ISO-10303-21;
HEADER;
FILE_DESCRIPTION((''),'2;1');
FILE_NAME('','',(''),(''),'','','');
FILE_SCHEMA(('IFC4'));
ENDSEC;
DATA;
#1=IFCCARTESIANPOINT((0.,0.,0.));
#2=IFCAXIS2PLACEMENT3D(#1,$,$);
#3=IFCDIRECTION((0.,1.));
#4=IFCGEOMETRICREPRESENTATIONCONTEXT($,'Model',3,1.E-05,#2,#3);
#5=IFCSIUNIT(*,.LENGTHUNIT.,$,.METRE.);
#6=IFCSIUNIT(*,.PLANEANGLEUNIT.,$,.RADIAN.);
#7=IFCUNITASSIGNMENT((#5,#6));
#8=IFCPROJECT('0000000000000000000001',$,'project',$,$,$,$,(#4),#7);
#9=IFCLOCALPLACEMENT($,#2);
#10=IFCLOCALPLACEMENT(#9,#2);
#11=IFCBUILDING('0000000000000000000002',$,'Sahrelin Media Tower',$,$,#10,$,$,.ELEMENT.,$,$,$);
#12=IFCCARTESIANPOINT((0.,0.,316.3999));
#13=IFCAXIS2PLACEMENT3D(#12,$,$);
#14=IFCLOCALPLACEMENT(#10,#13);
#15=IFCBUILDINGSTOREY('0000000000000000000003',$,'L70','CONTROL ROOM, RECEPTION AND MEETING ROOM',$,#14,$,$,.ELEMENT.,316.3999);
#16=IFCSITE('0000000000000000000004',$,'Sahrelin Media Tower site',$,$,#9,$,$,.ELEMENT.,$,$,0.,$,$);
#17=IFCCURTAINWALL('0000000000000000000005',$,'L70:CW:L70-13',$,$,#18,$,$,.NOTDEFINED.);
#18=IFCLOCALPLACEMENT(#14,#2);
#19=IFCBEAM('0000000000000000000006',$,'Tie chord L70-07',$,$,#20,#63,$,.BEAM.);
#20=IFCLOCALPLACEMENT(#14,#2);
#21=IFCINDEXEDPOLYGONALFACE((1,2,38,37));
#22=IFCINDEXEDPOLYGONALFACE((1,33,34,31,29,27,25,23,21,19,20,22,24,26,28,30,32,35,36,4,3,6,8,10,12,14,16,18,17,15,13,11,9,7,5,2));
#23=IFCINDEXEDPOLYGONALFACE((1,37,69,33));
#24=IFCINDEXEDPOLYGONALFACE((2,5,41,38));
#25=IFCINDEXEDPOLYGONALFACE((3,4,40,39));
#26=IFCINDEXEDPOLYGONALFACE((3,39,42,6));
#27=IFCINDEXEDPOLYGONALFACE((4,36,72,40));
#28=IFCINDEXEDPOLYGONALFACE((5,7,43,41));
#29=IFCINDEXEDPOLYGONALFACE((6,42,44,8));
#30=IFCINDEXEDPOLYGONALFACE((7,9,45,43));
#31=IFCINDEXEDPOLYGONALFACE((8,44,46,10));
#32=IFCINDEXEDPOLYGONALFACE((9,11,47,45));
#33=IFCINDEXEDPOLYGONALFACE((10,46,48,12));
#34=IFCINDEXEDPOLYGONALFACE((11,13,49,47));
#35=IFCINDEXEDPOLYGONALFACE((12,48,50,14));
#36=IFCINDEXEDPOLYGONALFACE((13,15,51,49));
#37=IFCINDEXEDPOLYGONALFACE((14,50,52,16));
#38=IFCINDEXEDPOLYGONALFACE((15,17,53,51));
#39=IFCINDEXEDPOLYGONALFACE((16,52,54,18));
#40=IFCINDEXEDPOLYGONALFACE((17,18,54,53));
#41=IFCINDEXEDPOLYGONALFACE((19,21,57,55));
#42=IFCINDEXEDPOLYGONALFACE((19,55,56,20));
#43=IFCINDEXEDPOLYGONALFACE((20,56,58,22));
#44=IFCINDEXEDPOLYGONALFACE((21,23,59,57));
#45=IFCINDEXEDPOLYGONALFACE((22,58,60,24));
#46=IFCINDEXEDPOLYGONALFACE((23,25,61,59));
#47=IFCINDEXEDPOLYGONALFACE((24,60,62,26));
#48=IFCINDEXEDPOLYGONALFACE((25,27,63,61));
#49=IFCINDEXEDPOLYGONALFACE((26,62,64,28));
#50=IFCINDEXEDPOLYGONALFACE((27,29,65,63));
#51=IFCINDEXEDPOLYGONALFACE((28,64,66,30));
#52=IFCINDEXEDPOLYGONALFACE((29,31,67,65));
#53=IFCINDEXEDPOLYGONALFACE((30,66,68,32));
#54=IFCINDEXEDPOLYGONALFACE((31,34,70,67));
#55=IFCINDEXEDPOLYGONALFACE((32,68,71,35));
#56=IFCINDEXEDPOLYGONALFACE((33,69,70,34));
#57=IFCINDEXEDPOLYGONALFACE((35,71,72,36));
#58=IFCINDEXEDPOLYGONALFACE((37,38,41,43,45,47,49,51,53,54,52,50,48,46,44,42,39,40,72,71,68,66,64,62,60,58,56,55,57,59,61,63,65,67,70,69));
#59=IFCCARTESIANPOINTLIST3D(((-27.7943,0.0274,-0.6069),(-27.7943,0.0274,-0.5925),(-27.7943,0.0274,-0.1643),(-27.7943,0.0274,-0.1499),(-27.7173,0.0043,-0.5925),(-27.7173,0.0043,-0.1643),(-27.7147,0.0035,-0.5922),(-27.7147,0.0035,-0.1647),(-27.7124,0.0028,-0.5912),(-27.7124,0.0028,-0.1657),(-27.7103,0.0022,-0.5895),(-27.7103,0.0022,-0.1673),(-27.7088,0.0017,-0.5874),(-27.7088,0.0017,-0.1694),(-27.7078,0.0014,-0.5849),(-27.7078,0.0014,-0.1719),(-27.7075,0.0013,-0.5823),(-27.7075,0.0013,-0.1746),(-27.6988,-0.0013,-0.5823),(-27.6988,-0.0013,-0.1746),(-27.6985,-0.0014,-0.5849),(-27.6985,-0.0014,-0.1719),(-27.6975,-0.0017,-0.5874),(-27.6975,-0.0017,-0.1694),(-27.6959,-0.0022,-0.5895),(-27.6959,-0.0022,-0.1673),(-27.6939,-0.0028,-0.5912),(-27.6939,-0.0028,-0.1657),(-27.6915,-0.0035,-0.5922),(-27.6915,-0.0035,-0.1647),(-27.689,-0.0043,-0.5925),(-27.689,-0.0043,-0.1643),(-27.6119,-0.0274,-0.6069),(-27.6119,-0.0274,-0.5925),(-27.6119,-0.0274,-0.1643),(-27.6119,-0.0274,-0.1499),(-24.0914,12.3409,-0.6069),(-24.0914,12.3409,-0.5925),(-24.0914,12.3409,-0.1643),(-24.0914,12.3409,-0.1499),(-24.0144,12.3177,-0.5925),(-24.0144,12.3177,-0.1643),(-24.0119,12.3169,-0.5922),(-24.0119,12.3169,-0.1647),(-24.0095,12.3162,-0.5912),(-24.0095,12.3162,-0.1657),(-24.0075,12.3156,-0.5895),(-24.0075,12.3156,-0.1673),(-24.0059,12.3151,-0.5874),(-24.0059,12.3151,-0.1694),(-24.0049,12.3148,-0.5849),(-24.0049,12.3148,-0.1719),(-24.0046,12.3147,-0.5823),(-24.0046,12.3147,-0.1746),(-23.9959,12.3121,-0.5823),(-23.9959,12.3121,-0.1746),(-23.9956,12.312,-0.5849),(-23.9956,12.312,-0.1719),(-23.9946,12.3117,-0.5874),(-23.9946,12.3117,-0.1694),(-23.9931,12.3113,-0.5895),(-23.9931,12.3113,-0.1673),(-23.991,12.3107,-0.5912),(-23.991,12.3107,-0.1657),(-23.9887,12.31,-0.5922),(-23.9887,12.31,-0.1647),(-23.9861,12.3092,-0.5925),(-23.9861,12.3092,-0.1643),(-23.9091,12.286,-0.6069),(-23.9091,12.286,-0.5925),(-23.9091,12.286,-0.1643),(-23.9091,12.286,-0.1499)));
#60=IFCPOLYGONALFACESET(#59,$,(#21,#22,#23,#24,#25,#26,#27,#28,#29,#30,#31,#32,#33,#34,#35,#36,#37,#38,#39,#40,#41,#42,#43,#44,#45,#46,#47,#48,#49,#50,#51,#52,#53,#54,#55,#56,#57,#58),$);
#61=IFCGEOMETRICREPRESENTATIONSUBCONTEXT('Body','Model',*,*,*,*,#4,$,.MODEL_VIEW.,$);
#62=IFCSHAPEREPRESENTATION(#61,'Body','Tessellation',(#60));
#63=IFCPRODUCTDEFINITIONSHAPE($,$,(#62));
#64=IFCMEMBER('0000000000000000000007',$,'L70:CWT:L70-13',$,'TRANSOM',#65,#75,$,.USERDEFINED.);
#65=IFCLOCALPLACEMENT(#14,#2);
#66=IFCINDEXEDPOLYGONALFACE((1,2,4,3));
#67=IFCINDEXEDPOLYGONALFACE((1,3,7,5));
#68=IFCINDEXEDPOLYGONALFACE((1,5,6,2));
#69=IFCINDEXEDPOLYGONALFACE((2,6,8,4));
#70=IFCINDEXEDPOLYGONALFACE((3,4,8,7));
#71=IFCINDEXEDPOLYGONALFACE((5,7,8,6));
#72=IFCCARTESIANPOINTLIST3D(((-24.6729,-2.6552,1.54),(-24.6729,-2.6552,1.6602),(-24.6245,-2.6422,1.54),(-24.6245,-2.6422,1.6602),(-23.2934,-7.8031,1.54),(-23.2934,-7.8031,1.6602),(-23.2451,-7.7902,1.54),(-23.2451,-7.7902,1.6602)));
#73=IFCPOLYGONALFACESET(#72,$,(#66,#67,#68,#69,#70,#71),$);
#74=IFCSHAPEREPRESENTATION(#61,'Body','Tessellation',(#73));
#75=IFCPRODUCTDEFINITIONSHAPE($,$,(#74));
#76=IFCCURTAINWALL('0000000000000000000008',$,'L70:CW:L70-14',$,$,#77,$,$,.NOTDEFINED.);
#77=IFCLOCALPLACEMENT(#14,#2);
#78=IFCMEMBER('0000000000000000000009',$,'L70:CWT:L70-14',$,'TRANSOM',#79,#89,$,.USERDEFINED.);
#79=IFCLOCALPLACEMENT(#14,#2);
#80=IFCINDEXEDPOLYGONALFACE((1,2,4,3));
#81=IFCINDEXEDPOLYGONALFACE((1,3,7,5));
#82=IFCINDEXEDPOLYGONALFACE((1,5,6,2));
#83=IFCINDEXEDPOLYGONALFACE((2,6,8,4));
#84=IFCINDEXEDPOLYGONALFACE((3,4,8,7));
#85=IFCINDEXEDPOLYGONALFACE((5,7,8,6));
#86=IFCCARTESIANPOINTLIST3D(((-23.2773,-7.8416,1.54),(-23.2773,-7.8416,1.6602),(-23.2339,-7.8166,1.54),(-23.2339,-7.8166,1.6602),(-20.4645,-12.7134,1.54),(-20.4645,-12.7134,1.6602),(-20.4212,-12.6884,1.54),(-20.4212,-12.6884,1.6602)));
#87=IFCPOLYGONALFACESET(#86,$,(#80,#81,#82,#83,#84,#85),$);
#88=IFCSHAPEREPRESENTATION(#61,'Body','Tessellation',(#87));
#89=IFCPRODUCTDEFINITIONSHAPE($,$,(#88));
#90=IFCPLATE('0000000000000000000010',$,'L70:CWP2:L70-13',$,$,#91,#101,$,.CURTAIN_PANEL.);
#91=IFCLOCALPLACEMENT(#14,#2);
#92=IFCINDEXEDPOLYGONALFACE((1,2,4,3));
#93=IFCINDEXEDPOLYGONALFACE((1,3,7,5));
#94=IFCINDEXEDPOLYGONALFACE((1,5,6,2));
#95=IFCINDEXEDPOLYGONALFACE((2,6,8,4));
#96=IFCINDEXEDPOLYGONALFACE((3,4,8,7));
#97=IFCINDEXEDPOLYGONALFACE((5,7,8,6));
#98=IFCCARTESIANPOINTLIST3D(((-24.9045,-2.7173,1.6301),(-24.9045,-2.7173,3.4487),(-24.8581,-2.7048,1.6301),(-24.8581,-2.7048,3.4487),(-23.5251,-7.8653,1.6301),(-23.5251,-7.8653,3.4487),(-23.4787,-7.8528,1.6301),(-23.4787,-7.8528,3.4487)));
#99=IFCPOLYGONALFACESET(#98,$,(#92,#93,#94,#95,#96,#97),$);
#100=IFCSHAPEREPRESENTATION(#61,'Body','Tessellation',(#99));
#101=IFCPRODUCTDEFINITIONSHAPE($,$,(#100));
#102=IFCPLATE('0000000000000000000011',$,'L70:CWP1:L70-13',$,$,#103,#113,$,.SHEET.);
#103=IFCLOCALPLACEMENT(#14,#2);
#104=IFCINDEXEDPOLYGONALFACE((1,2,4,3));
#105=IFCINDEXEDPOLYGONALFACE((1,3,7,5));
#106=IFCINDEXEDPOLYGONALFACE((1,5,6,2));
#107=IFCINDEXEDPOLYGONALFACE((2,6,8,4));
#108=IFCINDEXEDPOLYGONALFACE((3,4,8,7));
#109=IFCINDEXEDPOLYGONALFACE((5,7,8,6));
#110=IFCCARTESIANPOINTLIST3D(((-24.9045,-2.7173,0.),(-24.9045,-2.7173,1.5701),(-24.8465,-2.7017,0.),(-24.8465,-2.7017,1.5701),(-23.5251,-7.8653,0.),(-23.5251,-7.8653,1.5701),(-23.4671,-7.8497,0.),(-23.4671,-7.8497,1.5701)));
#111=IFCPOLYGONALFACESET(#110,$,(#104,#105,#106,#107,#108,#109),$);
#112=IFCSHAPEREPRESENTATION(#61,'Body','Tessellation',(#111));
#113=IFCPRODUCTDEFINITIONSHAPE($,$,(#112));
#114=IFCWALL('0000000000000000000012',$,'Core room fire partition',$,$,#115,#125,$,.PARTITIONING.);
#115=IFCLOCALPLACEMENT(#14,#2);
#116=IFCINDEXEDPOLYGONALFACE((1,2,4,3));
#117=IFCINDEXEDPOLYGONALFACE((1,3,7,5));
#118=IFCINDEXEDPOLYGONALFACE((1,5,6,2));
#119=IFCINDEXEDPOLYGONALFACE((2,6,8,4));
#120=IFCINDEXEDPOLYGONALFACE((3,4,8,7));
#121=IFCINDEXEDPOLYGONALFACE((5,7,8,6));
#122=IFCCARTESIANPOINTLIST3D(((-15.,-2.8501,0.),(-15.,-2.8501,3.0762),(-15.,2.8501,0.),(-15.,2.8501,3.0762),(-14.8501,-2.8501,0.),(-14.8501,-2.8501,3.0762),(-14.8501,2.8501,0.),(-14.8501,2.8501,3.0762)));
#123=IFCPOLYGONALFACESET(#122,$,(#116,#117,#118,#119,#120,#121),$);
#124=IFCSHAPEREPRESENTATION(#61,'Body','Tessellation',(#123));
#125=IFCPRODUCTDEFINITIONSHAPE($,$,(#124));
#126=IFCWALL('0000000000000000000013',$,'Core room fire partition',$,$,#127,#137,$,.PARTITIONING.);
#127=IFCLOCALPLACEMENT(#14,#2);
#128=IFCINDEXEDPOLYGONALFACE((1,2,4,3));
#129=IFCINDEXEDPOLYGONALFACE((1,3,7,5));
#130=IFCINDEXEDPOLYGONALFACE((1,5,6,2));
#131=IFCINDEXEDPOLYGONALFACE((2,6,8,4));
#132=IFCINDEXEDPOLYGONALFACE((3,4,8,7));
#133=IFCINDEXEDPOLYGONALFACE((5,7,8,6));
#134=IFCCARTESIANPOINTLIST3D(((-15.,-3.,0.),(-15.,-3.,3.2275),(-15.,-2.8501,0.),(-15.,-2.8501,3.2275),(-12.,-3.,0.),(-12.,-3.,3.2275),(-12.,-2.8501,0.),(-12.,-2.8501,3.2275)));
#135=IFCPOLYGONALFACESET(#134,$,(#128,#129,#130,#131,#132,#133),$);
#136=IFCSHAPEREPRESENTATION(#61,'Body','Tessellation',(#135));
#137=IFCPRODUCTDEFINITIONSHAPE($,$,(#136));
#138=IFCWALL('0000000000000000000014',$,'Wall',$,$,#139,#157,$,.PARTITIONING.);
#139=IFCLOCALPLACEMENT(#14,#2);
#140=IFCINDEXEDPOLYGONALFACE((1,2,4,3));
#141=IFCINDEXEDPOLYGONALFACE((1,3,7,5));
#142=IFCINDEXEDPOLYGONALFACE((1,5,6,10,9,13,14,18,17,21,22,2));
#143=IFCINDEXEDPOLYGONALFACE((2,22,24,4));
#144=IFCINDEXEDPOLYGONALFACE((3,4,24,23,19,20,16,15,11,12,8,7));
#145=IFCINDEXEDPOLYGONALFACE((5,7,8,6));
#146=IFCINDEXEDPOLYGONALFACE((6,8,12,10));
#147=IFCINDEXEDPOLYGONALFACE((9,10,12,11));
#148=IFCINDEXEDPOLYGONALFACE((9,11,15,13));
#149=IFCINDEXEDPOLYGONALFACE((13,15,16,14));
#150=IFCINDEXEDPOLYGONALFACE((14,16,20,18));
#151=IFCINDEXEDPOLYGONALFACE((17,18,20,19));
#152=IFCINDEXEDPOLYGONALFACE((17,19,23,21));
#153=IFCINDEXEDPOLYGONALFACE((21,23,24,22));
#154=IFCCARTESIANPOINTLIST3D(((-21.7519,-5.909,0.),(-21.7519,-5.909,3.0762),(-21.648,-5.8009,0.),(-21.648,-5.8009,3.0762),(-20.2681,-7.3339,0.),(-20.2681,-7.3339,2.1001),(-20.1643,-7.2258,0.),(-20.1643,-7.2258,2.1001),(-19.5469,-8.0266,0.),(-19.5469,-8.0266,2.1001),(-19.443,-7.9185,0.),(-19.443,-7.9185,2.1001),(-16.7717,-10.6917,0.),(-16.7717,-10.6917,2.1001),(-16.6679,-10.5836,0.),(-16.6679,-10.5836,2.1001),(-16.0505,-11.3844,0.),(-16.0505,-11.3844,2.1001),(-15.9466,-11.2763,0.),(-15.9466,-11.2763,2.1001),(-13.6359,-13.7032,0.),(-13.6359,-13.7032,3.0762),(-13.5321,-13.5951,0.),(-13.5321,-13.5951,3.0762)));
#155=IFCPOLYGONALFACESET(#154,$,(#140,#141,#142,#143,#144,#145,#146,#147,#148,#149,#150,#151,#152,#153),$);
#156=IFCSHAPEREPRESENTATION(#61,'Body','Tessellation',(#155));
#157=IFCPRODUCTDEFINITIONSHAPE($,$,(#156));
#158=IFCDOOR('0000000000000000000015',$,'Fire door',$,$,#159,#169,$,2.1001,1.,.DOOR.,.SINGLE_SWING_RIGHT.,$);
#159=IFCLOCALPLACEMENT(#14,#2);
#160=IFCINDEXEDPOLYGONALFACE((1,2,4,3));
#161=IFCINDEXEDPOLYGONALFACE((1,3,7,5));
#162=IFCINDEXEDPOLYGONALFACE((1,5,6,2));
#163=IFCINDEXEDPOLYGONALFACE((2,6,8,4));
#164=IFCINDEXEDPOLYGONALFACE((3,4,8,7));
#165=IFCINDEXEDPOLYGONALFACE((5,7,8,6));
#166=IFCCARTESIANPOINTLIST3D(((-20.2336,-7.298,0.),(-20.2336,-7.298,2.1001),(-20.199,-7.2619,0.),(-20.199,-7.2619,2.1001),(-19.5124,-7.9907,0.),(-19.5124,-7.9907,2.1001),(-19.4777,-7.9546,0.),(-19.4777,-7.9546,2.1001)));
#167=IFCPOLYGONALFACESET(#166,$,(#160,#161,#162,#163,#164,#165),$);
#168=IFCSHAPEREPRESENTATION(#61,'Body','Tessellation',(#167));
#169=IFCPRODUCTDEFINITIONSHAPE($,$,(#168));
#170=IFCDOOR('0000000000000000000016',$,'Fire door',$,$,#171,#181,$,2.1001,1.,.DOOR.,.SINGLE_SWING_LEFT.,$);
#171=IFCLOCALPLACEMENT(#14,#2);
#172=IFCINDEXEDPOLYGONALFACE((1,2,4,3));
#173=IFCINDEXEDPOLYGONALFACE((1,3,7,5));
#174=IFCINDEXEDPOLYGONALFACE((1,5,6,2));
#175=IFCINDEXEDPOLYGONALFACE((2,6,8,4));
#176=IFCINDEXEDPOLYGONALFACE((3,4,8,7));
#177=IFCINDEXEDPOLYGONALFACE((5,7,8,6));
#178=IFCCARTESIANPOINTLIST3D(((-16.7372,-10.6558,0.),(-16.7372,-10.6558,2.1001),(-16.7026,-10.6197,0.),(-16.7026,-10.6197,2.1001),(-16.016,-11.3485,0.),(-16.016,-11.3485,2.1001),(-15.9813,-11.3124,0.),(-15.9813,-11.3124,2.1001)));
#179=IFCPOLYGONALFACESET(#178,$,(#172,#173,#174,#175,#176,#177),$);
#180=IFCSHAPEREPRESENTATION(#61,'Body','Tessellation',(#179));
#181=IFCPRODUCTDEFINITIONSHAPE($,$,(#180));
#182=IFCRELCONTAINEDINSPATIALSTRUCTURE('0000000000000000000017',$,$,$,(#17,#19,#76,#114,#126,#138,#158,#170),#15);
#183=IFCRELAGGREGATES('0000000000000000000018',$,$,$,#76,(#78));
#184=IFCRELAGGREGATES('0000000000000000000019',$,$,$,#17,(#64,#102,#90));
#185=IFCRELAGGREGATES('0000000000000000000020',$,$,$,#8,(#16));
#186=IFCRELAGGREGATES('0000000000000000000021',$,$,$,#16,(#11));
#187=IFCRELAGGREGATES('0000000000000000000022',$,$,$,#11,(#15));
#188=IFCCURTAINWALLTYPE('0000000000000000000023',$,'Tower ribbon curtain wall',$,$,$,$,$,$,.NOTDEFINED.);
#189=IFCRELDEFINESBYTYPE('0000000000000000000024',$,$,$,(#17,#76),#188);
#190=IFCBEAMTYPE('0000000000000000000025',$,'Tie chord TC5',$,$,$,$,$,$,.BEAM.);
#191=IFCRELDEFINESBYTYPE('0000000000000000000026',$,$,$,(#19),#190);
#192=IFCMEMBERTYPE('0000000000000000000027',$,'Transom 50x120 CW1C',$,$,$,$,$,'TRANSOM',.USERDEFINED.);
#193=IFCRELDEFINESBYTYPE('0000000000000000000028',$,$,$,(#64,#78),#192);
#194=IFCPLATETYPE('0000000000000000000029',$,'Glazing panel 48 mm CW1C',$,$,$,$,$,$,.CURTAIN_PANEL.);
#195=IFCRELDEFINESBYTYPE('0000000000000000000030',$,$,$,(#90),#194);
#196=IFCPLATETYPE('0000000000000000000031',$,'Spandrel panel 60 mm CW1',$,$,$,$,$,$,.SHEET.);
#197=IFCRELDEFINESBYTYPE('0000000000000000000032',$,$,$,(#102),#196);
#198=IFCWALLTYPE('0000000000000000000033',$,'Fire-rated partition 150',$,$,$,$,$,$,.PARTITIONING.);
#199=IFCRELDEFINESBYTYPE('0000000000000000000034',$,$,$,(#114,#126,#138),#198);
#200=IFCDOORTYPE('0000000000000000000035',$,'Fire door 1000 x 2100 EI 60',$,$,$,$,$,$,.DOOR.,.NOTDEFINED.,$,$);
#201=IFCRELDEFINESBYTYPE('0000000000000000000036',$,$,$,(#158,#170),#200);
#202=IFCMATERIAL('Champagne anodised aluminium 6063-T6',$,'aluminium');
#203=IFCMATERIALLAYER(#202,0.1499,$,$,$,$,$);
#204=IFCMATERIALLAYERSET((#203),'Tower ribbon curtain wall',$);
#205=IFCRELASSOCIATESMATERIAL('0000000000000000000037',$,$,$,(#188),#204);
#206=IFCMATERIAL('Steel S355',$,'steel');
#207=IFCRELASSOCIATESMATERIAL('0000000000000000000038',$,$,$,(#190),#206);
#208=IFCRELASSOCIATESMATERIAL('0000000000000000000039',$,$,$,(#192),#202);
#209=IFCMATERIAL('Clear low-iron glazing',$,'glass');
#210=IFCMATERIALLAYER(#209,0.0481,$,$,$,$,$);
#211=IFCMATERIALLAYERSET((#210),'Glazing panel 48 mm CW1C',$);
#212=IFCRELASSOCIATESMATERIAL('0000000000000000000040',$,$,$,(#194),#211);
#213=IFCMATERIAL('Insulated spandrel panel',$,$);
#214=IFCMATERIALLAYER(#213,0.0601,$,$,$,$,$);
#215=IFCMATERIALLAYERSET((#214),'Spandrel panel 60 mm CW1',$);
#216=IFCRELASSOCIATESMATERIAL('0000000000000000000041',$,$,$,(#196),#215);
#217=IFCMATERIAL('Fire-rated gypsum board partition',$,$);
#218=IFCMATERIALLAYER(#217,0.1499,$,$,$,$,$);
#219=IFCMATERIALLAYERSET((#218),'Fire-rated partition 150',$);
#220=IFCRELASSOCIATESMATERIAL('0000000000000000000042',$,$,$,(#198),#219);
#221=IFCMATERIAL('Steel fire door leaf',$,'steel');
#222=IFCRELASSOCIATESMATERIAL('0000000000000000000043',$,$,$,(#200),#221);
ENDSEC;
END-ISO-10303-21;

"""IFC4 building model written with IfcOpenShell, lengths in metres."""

from ifc_helpers import new_model, si_unit, direction, frame, frame_2d, origin, origin_2d, place, context, subcontext, project, spatial, polyline, rectangle, i_section, outline, extrude, material, layer, layer_set, material_profile, profile_set, type_object, element, fill, aggregate, save


model = new_model("IFC4")

# Units and contexts
model_context = context("Model", 3, precision=1e-05, world=origin(), true_north=direction((0.0, 1.0)))
body_context = subcontext(model_context, "Body", "Model", "MODEL_VIEW")
ifc_project = project(units=[si_unit("LENGTHUNIT", "METRE"), si_unit("PLANEANGLEUNIT", "RADIAN")], contexts=[model_context])

# Site, building, storey
site_placement = place(None, origin())
site = spatial("IfcSite", under=ifc_project, at=site_placement, Name="Sahrelin Media Tower site", CompositionType="ELEMENT", RefElevation=0.0)
building_placement = place(site_placement, origin())
building = spatial("IfcBuilding", under=site, at=building_placement, Name="Sahrelin Media Tower", CompositionType="ELEMENT")
storey_placement = place(building_placement, frame((0.0, 0.0, 316.3999)))
storey = spatial("IfcBuildingStorey", under=building, at=storey_placement, Name="L70", Description="CONTROL ROOM, RECEPTION AND MEETING ROOM", CompositionType="ELEMENT", Elevation=316.3999)

# Shared definitions
ifc_material_1 = material(Name="Steel S355", Category="steel")

# Curtain wall
ifc_material_2 = material(Name="Champagne anodised aluminium 6063-T6", Category="aluminium")
ifc_layer_1 = layer(ifc_material_2, 0.1499)
ifc_layer_set_1 = layer_set([ifc_layer_1], Name="Tower ribbon curtain wall")
curtain_wall_type = type_object("IfcCurtainWallType", Name="Tower ribbon curtain wall", PredefinedType="NOTDEFINED", material=ifc_layer_set_1)
curtain_wall_1_placement = place(storey_placement, frame((-24.1956, -5.2859, 0.0), z_axis=(0.0, 0.0, 1.0), x_axis=(1.0, 0.0, 0.0)))
curtain_wall_1 = element("IfcCurtainWall", 1, at=curtain_wall_1_placement, inside=storey, type_object=curtain_wall_type, Name="L70:CW:L70-13", PredefinedType="NOTDEFINED")

# Beam
ifc_material_profile_1 = material_profile(ifc_material_1, i_section(OverallWidth=0.1904, OverallDepth=0.457, WebThickness=0.009, FlangeThickness=0.0144, FilletRadius=0.0103, at=origin_2d()), Name="UB 457x191x74")
ifc_profile_set_1 = profile_set([ifc_material_profile_1], Name="Steel S355")
beam_type_1 = type_object("IfcBeamType", Name="Tie chord TC5", PredefinedType="BEAM", material=ifc_profile_set_1)
beam_1_placement = place(storey_placement, frame((-27.7031, 0.0, -0.3784), z_axis=(0.287978, 0.957637, 0.0), x_axis=(-0.957637, 0.287978, 0.0)))
element("IfcBeam", 2, at=beam_1_placement, inside=storey, type_object=beam_type_1, Name="Tie chord L70-07", PredefinedType="BEAM", context=body_context, shape_type="SweptSolid", body=[
    extrude(i_section(OverallWidth=0.1904, OverallDepth=0.457, WebThickness=0.009, FlangeThickness=0.0144, FilletRadius=0.0103, at=origin_2d()), origin(), (0.0, 0.0, 1.0), 12.8582),
])

# Member
ifc_material_profile_2 = material_profile(ifc_material_2, rectangle(XDim=0.05, YDim=0.1201, at=origin_2d()), Name="Transom 50x120")
ifc_profile_set_2 = profile_set([ifc_material_profile_2], Name="Champagne anodised aluminium 6063-T6")
member_type_1 = type_object("IfcMemberType", Name="Transom 50x120 CW1C", ElementType="TRANSOM", PredefinedType="USERDEFINED", material=ifc_profile_set_2)
member_1_placement = place(storey_placement, frame((-24.6487, -2.6487, 1.6001), z_axis=(0.25882, -0.965926, 0.0), x_axis=(0.965926, 0.25882, 0.0)))
member_1 = element("IfcMember", 3, at=member_1_placement, type_object=member_type_1, Name="L70:CWT:L70-13", ObjectType="TRANSOM", PredefinedType="USERDEFINED", context=body_context, shape_type="SweptSolid", body=[
    extrude(rectangle(XDim=0.05, YDim=0.1201, at=origin_2d()), origin(), (0.0, 0.0, 1.0), 5.3296),
])

# Curtain wall, member
curtain_wall_2_placement = place(storey_placement, frame((-22.0615, -10.3877, 0.0), z_axis=(0.0, 0.0, 1.0), x_axis=(1.0, 0.0, 0.0)))
curtain_wall_2 = element("IfcCurtainWall", 4, at=curtain_wall_2_placement, inside=storey, type_object=curtain_wall_type, Name="L70:CW:L70-14", PredefinedType="NOTDEFINED")
member_2_placement = place(storey_placement, frame((-23.2556, -7.8291, 1.6001), z_axis=(0.499999, -0.866026, 0.0), x_axis=(0.866026, 0.499999, 0.0)))
member_2 = element("IfcMember", 5, at=member_2_placement, type_object=member_type_1, Name="L70:CWT:L70-14", ObjectType="TRANSOM", PredefinedType="USERDEFINED", context=body_context, shape_type="SweptSolid", body=[
    extrude(rectangle(XDim=0.05, YDim=0.1201, at=origin_2d()), origin(), (0.0, 0.0, 1.0), 5.6255),
])
aggregate(curtain_wall_2, [member_2])

# Plates
ifc_material_3 = material(Name="Clear low-iron glazing", Category="glass")
ifc_layer_2 = layer(ifc_material_3, 0.0481)
ifc_layer_set_2 = layer_set([ifc_layer_2], Name="Glazing panel 48 mm CW1C")
plate_type_1 = type_object("IfcPlateType", Name="Glazing panel 48 mm CW1C", PredefinedType="CURTAIN_PANEL", material=ifc_layer_set_2)
plate_1_placement = place(storey_placement, frame((-24.9045, -2.7173, 1.6301), z_axis=(-0.965926, -0.25882, 0.0), x_axis=(0.25882, -0.965926, 0.0)))
plate_1 = element("IfcPlate", 6, at=plate_1_placement, type_object=plate_type_1, Name="L70:CWP2:L70-13", PredefinedType="CURTAIN_PANEL", context=body_context, shape_type="SweptSolid", body=[
    extrude(outline(polyline([(0.0, 0.0), (5.3296, 0.0), (5.3296, 1.8186), (0.0, 1.8186), (0.0, 0.0)])), origin(), (0.0, 0.0, -1.0), 0.0481),
])
ifc_material_4 = material(Name="Insulated spandrel panel")
ifc_layer_3 = layer(ifc_material_4, 0.0601)
ifc_layer_set_3 = layer_set([ifc_layer_3], Name="Spandrel panel 60 mm CW1")
plate_type_2 = type_object("IfcPlateType", Name="Spandrel panel 60 mm CW1", PredefinedType="SHEET", material=ifc_layer_set_3)
plate_2_placement = place(storey_placement, frame((-24.9045, -2.7173, 0.0), z_axis=(-0.965926, -0.25882, 0.0), x_axis=(0.25882, -0.965926, 0.0)))
plate_2 = element("IfcPlate", 7, at=plate_2_placement, type_object=plate_type_2, Name="L70:CWP1:L70-13", PredefinedType="SHEET", context=body_context, shape_type="SweptSolid", body=[
    extrude(outline(polyline([(0.0, 0.0), (5.3296, 0.0), (5.3296, 1.5701), (0.0, 1.5701), (0.0, 0.0)])), origin(), (0.0, 0.0, -1.0), 0.0601),
])
aggregate(curtain_wall_1, [member_1, plate_2, plate_1])

# Walls
ifc_material_5 = material(Name="Fire-rated gypsum board partition")
ifc_layer_4 = layer(ifc_material_5, 0.1499)
ifc_layer_set_4 = layer_set([ifc_layer_4], Name="Fire-rated partition 150")
wall_type = type_object("IfcWallType", Name="Fire-rated partition 150", PredefinedType="PARTITIONING", material=ifc_layer_set_4)
wall_1_placement = place(storey_placement, frame((-14.925, -2.8501, 0.0), z_axis=(0.0, 0.0, 1.0), x_axis=(0.0, 1.0, 0.0)))
element("IfcWall", 8, at=wall_1_placement, inside=storey, type_object=wall_type, Name="Core room fire partition", PredefinedType="PARTITIONING", context=body_context, shape_type="SweptSolid", body=[
    extrude(rectangle(XDim=5.7002, YDim=0.1499, at=frame_2d((2.8501, 0.0))), origin(), (0.0, 0.0, 1.0), 3.0762),
])
wall_2_placement = place(storey_placement, frame((-15.0, -2.925, 0.0), z_axis=(0.0, 0.0, 1.0), x_axis=(1.0, 0.0, 0.0)))
element("IfcWall", 9, at=wall_2_placement, inside=storey, type_object=wall_type, Name="Core room fire partition", PredefinedType="PARTITIONING", context=body_context, shape_type="SweptSolid", body=[
    extrude(rectangle(XDim=3.0, YDim=0.1499, at=frame_2d((1.5, 0.0))), origin(), (0.0, 0.0, 1.0), 3.2275),
])

# Wall, openings, doors
wall_3_placement = place(storey_placement, frame((-21.7, -5.855, 0.0), z_axis=(0.0, 0.0, 1.0), x_axis=(0.72126, -0.692664, 0.0)))
wall_3 = element("IfcWall", 10, at=wall_3_placement, inside=storey, type_object=wall_type, Name="Wall", PredefinedType="PARTITIONING", context=body_context, shape_type="SweptSolid", body=[
    extrude(rectangle(XDim=11.2524, YDim=0.1499, at=frame_2d((5.6262, 0.0))), origin(), (0.0, 0.0, 1.0), 3.0762),
])
opening_1_placement = place(wall_3_placement, frame((2.0571, 0.0, 0.0)))
opening_1 = element("IfcOpeningElement", 11, at=opening_1_placement, cuts=wall_3, PredefinedType="OPENING", context=body_context, shape_type="SweptSolid", body=[
    extrude(rectangle(XDim=1.0, YDim=2.1001, at=frame_2d((0.5, 1.05))), frame((0.0, 0.075, 0.0), z_axis=(0.0, -1.0, 0.0), x_axis=(1.0, 0.0, 0.0)), (0.0, 0.0, 1.0), 0.1499),
])
opening_2_placement = place(wall_3_placement, frame((6.9048, 0.0, 0.0)))
opening_2 = element("IfcOpeningElement", 12, at=opening_2_placement, cuts=wall_3, PredefinedType="OPENING", context=body_context, shape_type="SweptSolid", body=[
    extrude(rectangle(XDim=1.0, YDim=2.1001, at=frame_2d((0.5, 1.05))), frame((0.0, 0.075, 0.0), z_axis=(0.0, -1.0, 0.0), x_axis=(1.0, 0.0, 0.0)), (0.0, 0.0, 1.0), 0.1499),
])
ifc_material_6 = material(Name="Steel fire door leaf", Category="steel")
door_type_1 = type_object("IfcDoorType", Name="Fire door 1000 x 2100 EI 60", OperationType="NOTDEFINED", PredefinedType="DOOR", material=ifc_material_6)
door_1_placement = place(opening_1_placement, origin())
door_1 = element("IfcDoor", 13, at=door_1_placement, inside=storey, type_object=door_type_1, Name="Fire door", OperationType="SINGLE_SWING_RIGHT", OverallHeight=2.1001, OverallWidth=1.0, PredefinedType="DOOR", context=body_context, shape_type="SweptSolid", body=[
    extrude(rectangle(XDim=1.0, YDim=2.1001, at=frame_2d((0.5, 1.05))), frame((0.0, 0.0249, 0.0), z_axis=(0.0, -1.0, 0.0), x_axis=(1.0, 0.0, 0.0)), (0.0, 0.0, 1.0), 0.05),
])
fill(opening_1, door_1)
door_2_placement = place(opening_2_placement, origin())
door_2 = element("IfcDoor", 14, at=door_2_placement, inside=storey, type_object=door_type_1, Name="Fire door", OperationType="SINGLE_SWING_LEFT", OverallHeight=2.1001, OverallWidth=1.0, PredefinedType="DOOR", context=body_context, shape_type="SweptSolid", body=[
    extrude(rectangle(XDim=1.0, YDim=2.1001, at=frame_2d((0.5, 1.05))), frame((0.0, 0.0249, 0.0), z_axis=(0.0, -1.0, 0.0), x_axis=(1.0, 0.0, 0.0)), (0.0, 0.0, 1.0), 0.05),
])
fill(opening_2, door_2)

save(model, "model.ifc")
